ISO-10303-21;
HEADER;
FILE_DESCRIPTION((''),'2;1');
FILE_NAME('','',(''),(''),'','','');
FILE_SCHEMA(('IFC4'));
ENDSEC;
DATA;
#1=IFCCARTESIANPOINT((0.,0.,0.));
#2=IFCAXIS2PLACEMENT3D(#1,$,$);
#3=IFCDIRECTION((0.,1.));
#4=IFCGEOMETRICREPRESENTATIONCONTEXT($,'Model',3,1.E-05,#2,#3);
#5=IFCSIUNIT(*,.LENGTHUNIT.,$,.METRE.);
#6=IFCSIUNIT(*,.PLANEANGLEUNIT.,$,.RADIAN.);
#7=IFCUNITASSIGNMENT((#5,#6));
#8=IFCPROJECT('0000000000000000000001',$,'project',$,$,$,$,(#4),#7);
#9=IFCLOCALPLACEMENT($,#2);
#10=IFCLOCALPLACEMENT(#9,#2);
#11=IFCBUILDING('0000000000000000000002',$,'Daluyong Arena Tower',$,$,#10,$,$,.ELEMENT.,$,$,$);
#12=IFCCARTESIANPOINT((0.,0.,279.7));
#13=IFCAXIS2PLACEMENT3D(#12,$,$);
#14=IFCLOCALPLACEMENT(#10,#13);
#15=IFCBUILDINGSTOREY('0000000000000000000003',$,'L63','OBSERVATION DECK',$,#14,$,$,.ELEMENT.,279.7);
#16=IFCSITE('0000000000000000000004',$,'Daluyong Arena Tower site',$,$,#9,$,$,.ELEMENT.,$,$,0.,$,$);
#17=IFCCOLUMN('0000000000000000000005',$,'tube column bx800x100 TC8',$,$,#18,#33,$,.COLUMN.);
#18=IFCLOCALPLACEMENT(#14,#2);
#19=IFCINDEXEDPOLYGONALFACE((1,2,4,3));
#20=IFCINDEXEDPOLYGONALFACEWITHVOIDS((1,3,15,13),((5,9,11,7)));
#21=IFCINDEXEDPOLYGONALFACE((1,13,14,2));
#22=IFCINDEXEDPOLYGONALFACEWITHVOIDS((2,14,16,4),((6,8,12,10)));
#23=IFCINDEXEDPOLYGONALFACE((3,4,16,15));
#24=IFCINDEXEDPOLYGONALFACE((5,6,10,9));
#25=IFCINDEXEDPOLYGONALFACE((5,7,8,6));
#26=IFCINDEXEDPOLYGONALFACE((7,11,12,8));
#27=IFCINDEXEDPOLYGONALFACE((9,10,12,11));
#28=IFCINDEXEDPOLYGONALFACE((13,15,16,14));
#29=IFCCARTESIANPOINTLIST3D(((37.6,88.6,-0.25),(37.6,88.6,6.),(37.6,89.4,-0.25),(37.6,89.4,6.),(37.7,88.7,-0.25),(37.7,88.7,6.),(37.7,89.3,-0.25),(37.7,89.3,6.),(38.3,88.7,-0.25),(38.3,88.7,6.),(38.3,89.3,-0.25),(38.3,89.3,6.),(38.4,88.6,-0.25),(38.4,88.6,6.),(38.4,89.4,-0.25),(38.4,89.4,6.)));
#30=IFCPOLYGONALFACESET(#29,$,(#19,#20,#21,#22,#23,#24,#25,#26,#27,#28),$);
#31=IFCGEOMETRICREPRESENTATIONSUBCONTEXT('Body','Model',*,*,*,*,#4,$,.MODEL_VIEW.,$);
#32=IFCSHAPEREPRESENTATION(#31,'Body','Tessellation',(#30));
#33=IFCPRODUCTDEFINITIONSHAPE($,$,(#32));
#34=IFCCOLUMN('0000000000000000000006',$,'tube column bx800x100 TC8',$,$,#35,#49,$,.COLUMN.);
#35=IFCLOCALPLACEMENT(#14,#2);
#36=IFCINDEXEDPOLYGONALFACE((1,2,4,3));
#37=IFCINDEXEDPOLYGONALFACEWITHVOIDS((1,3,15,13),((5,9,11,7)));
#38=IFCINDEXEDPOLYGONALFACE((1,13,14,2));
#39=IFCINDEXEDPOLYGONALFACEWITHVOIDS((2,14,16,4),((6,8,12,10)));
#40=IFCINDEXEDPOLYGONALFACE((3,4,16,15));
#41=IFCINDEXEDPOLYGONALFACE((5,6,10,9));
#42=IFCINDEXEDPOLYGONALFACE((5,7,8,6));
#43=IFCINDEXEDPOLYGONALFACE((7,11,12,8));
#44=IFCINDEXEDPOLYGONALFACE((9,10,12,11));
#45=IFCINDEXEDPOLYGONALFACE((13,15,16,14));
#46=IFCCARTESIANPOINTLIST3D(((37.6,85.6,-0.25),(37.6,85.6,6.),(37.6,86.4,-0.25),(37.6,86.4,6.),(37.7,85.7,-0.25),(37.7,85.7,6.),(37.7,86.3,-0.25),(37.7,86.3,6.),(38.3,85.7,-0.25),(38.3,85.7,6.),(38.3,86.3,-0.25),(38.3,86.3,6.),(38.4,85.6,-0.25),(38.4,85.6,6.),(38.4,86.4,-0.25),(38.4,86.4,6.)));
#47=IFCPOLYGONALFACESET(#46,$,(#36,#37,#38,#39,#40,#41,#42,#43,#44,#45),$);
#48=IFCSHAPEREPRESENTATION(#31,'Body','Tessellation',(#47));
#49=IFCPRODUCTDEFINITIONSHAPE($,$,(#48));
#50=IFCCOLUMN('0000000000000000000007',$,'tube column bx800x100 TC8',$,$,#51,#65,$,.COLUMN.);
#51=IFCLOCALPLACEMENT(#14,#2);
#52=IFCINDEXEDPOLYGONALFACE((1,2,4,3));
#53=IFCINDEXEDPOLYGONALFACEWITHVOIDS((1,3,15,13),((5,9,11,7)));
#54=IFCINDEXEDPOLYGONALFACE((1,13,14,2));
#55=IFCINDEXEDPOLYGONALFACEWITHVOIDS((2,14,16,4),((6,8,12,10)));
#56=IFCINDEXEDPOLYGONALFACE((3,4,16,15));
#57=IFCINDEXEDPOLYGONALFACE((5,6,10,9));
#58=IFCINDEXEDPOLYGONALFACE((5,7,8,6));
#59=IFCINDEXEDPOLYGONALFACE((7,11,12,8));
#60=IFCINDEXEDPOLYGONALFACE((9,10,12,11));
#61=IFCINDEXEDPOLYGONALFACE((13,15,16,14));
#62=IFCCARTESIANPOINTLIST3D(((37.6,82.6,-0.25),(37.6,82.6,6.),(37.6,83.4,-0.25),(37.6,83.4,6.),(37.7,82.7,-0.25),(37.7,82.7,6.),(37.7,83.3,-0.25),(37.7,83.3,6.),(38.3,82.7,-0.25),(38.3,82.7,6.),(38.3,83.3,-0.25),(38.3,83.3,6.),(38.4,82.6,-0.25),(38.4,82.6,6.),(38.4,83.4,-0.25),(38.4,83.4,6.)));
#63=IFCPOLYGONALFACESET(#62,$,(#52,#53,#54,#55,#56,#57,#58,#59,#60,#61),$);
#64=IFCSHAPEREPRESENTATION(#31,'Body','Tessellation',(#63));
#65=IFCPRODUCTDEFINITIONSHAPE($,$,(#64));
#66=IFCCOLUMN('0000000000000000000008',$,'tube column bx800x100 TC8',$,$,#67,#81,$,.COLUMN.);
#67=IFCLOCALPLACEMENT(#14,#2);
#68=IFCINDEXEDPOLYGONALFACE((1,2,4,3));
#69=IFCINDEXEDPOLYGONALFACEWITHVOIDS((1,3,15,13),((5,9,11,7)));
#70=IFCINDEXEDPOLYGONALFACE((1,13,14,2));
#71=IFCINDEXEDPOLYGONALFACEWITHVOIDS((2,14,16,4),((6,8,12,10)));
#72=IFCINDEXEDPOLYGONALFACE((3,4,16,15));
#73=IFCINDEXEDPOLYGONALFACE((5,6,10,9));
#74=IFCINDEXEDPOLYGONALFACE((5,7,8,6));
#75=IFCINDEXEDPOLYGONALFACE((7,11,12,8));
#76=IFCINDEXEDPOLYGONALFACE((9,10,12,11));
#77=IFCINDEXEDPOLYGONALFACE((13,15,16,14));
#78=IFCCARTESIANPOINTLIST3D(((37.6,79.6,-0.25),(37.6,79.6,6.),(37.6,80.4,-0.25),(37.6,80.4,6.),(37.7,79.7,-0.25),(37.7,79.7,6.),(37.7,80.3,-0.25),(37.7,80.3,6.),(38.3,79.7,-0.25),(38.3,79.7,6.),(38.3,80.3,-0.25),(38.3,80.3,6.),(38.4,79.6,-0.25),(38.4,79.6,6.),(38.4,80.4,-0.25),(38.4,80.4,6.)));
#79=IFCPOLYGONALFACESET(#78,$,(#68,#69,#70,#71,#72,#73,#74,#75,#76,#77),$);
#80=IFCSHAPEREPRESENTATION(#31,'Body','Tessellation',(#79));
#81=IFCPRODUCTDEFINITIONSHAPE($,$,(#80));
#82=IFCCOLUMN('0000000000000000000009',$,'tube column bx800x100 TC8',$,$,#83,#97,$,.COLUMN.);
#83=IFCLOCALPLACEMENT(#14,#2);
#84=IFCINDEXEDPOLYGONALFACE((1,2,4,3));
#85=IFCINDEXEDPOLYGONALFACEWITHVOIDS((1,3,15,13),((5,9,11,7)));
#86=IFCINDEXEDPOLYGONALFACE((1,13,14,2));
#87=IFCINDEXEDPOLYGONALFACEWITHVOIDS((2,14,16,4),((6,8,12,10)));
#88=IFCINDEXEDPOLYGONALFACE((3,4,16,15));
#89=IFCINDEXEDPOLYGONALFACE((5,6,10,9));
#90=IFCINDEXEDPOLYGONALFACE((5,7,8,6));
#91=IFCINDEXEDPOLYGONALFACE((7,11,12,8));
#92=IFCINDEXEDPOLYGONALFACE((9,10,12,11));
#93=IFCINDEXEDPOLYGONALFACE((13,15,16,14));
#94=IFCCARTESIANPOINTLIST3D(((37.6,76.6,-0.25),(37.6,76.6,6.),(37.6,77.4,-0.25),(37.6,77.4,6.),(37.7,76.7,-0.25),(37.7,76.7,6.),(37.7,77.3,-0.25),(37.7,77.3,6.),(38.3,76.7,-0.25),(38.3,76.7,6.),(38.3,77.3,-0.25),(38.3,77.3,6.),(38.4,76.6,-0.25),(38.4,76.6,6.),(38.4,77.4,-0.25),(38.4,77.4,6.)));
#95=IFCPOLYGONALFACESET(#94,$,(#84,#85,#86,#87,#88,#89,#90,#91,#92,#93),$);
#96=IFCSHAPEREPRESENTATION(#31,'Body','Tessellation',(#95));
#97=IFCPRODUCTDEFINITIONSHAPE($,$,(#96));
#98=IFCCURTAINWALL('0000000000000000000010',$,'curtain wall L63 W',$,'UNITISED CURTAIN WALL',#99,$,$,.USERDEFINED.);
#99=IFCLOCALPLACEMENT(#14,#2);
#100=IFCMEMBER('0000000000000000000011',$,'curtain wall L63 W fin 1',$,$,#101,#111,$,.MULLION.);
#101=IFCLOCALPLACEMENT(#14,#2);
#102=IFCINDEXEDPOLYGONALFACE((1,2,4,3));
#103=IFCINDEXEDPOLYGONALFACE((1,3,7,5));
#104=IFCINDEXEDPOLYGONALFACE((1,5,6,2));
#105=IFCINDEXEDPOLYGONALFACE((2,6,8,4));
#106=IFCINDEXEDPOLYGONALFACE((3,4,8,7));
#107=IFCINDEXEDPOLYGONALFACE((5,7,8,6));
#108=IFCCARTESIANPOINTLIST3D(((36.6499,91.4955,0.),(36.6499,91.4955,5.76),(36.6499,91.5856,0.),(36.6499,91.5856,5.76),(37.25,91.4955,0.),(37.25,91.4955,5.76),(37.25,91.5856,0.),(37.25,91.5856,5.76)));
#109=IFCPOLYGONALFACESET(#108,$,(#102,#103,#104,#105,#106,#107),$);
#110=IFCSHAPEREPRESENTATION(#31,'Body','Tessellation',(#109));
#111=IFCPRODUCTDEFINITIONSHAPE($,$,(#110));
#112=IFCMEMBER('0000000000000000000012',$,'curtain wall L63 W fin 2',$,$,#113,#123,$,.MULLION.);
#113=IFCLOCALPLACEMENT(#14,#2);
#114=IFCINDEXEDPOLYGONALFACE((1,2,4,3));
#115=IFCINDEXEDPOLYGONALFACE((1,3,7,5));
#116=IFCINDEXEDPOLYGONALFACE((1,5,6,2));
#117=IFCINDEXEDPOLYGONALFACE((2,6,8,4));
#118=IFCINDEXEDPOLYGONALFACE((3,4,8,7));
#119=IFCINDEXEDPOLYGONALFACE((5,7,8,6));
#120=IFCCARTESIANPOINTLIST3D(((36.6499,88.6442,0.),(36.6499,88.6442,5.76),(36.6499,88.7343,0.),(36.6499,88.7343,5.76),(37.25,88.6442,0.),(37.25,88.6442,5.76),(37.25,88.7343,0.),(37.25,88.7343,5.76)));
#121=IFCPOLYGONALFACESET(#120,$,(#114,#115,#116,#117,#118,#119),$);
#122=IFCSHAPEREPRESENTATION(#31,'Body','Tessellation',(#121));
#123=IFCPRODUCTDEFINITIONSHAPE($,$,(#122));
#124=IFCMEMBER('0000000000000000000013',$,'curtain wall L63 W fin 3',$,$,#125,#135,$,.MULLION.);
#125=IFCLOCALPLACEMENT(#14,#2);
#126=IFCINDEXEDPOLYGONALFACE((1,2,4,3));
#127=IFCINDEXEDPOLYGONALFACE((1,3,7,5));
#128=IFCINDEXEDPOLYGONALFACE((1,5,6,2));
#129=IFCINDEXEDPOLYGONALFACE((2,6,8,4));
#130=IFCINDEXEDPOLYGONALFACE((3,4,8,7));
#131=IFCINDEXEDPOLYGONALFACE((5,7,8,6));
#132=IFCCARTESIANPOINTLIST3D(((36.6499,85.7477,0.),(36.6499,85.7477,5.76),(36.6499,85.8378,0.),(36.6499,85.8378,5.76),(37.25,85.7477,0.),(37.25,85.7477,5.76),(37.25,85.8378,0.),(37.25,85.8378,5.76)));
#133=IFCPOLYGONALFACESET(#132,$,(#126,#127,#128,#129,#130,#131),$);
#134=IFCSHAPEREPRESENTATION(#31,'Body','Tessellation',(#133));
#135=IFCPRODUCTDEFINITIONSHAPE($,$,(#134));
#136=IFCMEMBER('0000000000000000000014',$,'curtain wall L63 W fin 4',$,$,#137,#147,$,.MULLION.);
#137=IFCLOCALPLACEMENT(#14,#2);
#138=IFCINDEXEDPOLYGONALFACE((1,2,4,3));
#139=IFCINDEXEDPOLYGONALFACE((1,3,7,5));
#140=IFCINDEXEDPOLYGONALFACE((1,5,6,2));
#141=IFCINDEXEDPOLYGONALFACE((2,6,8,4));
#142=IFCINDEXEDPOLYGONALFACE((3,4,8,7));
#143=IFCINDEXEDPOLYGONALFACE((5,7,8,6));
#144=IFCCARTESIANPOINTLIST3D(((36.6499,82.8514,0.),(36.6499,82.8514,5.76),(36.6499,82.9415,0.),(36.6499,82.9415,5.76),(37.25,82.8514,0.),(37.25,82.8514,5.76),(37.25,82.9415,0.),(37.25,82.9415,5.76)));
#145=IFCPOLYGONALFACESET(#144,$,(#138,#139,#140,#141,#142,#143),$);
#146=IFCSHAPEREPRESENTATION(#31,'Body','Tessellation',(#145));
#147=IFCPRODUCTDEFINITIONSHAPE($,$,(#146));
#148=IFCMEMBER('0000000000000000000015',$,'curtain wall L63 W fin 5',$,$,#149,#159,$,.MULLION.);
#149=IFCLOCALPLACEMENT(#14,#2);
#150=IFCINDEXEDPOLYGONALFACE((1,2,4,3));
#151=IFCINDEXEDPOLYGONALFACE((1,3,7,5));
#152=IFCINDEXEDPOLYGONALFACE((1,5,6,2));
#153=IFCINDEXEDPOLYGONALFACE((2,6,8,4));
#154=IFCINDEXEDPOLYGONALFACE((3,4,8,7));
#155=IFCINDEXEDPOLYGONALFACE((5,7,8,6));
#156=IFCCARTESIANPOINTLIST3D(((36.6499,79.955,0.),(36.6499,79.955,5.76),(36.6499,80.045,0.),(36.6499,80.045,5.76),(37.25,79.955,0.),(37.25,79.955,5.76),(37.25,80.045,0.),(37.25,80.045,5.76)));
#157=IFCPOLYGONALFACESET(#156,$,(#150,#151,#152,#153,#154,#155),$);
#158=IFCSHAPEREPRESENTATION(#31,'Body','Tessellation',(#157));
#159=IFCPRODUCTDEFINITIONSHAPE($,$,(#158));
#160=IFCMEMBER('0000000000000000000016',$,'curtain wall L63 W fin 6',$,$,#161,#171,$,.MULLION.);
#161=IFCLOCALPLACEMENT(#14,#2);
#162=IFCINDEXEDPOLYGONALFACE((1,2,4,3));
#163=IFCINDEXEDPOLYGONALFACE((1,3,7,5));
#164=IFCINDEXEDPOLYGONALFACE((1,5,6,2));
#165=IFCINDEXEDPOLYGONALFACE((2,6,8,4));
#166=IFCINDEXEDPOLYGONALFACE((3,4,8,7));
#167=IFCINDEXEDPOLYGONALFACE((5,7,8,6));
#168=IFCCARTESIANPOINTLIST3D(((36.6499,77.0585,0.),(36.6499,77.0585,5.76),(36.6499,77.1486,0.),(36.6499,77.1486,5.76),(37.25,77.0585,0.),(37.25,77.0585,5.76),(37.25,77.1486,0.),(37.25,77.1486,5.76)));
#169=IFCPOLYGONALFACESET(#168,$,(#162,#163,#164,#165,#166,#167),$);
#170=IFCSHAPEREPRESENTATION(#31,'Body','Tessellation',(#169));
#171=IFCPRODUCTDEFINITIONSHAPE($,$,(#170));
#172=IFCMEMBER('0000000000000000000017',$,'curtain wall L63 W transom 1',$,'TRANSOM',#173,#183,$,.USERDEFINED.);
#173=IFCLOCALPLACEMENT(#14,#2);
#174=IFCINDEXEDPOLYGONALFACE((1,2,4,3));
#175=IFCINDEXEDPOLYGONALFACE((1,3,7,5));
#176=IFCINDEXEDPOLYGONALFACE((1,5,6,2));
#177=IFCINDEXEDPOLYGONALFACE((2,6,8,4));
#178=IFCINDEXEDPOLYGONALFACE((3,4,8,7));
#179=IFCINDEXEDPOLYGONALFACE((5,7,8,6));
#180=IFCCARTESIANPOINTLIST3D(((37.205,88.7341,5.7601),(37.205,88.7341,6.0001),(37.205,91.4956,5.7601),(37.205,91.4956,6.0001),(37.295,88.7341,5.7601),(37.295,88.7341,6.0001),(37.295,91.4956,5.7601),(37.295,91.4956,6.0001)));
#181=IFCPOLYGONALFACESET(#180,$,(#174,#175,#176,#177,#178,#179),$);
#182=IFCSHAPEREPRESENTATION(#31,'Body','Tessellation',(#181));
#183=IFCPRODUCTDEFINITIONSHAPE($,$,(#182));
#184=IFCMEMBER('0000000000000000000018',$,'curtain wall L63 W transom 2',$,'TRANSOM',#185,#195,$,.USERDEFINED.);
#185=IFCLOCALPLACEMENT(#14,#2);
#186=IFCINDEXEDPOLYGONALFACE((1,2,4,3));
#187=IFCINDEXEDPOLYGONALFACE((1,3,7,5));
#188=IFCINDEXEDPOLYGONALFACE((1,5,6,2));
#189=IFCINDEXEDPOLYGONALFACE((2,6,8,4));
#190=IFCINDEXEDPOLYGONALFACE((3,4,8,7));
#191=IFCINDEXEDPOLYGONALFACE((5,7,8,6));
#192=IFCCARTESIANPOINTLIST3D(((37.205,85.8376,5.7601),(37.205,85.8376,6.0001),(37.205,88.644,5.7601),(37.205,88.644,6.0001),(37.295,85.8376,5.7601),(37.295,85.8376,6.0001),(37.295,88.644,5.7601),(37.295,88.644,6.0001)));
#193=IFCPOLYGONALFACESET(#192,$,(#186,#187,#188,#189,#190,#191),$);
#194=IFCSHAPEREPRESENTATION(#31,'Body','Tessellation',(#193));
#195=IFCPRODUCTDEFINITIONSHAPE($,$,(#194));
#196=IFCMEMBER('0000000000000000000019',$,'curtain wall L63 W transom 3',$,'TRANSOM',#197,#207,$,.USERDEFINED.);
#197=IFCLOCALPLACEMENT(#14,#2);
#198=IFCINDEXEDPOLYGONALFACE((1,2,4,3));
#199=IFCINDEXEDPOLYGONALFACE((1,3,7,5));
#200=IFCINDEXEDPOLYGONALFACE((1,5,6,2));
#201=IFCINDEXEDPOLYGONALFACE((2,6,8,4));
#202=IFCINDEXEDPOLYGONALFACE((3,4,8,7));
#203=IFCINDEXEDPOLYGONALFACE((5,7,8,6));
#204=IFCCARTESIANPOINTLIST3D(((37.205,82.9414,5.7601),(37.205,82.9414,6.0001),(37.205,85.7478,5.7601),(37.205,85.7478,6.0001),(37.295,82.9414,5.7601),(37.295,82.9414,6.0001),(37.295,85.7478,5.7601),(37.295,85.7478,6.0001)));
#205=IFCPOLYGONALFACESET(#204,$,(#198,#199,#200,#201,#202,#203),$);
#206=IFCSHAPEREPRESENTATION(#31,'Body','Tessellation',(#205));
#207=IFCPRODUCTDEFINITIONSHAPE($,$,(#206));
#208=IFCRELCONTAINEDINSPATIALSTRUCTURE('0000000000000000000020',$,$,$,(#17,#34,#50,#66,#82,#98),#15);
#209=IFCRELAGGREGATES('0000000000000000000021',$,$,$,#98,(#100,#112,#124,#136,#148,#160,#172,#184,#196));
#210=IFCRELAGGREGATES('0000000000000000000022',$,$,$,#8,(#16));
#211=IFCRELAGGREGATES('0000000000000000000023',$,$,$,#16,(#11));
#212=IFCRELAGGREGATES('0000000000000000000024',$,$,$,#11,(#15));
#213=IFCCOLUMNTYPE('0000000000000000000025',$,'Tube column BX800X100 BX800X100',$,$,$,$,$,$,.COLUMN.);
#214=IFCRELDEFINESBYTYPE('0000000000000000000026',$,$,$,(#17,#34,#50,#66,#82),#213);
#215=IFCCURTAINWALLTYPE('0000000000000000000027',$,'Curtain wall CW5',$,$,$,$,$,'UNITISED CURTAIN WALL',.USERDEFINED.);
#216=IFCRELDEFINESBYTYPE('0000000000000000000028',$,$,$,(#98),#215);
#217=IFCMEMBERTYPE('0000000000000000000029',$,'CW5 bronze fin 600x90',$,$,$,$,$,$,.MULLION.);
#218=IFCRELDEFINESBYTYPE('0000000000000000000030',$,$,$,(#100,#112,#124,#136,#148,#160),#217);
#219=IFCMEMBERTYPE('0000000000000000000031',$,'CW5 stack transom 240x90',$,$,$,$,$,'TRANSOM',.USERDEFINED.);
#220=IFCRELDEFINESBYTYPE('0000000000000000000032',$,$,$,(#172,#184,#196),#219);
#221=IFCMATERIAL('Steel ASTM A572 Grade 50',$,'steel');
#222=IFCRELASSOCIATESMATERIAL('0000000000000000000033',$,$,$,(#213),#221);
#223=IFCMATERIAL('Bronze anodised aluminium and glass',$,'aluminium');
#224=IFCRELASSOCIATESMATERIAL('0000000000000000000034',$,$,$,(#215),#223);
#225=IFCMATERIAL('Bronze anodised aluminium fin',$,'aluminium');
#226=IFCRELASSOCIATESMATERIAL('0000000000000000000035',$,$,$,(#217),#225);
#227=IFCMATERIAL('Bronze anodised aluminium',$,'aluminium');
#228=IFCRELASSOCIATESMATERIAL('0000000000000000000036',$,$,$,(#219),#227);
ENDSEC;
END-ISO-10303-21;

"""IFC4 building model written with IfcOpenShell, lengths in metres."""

from ifc_helpers import new_model, si_unit, direction, frame, origin, origin_2d, place, context, subcontext, project, spatial, rectangle, hollow_rectangle, extrude, material, material_profile, profile_set, type_object, element, aggregate, save


model = new_model("IFC4")

# Units and contexts
model_context = context("Model", 3, precision=1e-05, world=origin(), true_north=direction((0.0, 1.0)))
body_context = subcontext(model_context, "Body", "Model", "MODEL_VIEW")
ifc_project = project(units=[si_unit("LENGTHUNIT", "METRE"), si_unit("PLANEANGLEUNIT", "RADIAN")], contexts=[model_context])

# Site, building, storey
site_placement = place(None, origin())
site = spatial("IfcSite", under=ifc_project, at=site_placement, Name="Daluyong Arena Tower site", CompositionType="ELEMENT", RefElevation=0.0)
building_placement = place(site_placement, origin())
building = spatial("IfcBuilding", under=site, at=building_placement, Name="Daluyong Arena Tower", CompositionType="ELEMENT")
storey_placement = place(building_placement, frame((0.0, 0.0, 279.7)))
storey = spatial("IfcBuildingStorey", under=building, at=storey_placement, Name="L63", Description="OBSERVATION DECK", CompositionType="ELEMENT", Elevation=279.7)

# Columns
ifc_material_1 = material(Name="Steel ASTM A572 Grade 50", Category="steel")
ifc_material_profile_1 = material_profile(ifc_material_1, hollow_rectangle(XDim=0.8, YDim=0.8, WallThickness=0.1, at=origin_2d()))
ifc_profile_set_1 = profile_set([ifc_material_profile_1], Name="Steel ASTM A572 Grade 50")
column_type = type_object("IfcColumnType", Name="Tube column BX800X100 BX800X100", PredefinedType="COLUMN", material=ifc_profile_set_1)
for number, where, z_axis, x_axis, name in (
    (1, (38.0, 89.0, -0.25), (0.0, 0.0, 1.0), (0.0, 1.0, 0.0), "tube column bx800x100 TC8"),
    (2, (38.0, 86.0, -0.25), (0.0, 0.0, 1.0), (0.0, 1.0, 0.0), "tube column bx800x100 TC8"),
    (3, (38.0, 83.0, -0.25), (0.0, 0.0, 1.0), (0.0, 1.0, 0.0), "tube column bx800x100 TC8"),
    (4, (38.0, 80.0, -0.25), (0.0, 0.0, 1.0), (0.0, 1.0, 0.0), "tube column bx800x100 TC8"),
    (5, (38.0, 77.0, -0.25), (0.0, 0.0, 1.0), (0.0, 1.0, 0.0), "tube column bx800x100 TC8"),
):
    element("IfcColumn", number, at=place(storey_placement, frame(where, z_axis=z_axis, x_axis=x_axis)), inside=storey, type_object=column_type, Name=name, PredefinedType="COLUMN", context=body_context, shape_type="SweptSolid", body=[
        extrude(hollow_rectangle(XDim=0.8, YDim=0.8, WallThickness=0.1, at=origin_2d()), origin(), (0.0, 0.0, 1.0), 6.25),
    ])

# Curtain wall, members
ifc_material_2 = material(Name="Bronze anodised aluminium and glass", Category="aluminium")
curtain_wall_type = type_object("IfcCurtainWallType", Name="Curtain wall CW5", ElementType="UNITISED CURTAIN WALL", PredefinedType="USERDEFINED", material=ifc_material_2)
curtain_wall_placement = place(storey_placement, origin())
curtain_wall = element("IfcCurtainWall", 6, at=curtain_wall_placement, inside=storey, type_object=curtain_wall_type, Name="curtain wall L63 W", ObjectType="UNITISED CURTAIN WALL", PredefinedType="USERDEFINED")
ifc_material_3 = material(Name="Bronze anodised aluminium fin", Category="aluminium")
ifc_material_profile_2 = material_profile(ifc_material_3, rectangle(XDim=0.6001, YDim=0.0901, at=origin_2d()))
ifc_profile_set_2 = profile_set([ifc_material_profile_2], Name="Bronze anodised aluminium fin")
member_type_1 = type_object("IfcMemberType", Name="CW5 bronze fin 600x90", PredefinedType="MULLION", material=ifc_profile_set_2)
member_1_placement = place(storey_placement, frame((36.95, 91.5405, 0.0), z_axis=(0.0, 0.0, 1.0), x_axis=(1.0, 0.0, 0.0)))
member_1 = element("IfcMember", 7, at=member_1_placement, type_object=member_type_1, Name="curtain wall L63 W fin 1", PredefinedType="MULLION", context=body_context, shape_type="SweptSolid", body=[
    extrude(rectangle(XDim=0.6001, YDim=0.0901, at=origin_2d()), origin(), (0.0, 0.0, 1.0), 5.76),
])
member_2_placement = place(storey_placement, frame((36.95, 88.6892, 0.0), z_axis=(0.0, 0.0, 1.0), x_axis=(1.0, 0.0, 0.0)))
member_2 = element("IfcMember", 8, at=member_2_placement, type_object=member_type_1, Name="curtain wall L63 W fin 2", PredefinedType="MULLION", context=body_context, shape_type="SweptSolid", body=[
    extrude(rectangle(XDim=0.6001, YDim=0.0901, at=origin_2d()), origin(), (0.0, 0.0, 1.0), 5.76),
])
member_3_placement = place(storey_placement, frame((36.95, 85.7927, 0.0), z_axis=(0.0, 0.0, 1.0), x_axis=(1.0, 0.0, 0.0)))
member_3 = element("IfcMember", 9, at=member_3_placement, type_object=member_type_1, Name="curtain wall L63 W fin 3", PredefinedType="MULLION", context=body_context, shape_type="SweptSolid", body=[
    extrude(rectangle(XDim=0.6001, YDim=0.0901, at=origin_2d()), origin(), (0.0, 0.0, 1.0), 5.76),
])
member_4_placement = place(storey_placement, frame((36.95, 82.8965, 0.0), z_axis=(0.0, 0.0, 1.0), x_axis=(1.0, 0.0, 0.0)))
member_4 = element("IfcMember", 10, at=member_4_placement, type_object=member_type_1, Name="curtain wall L63 W fin 4", PredefinedType="MULLION", context=body_context, shape_type="SweptSolid", body=[
    extrude(rectangle(XDim=0.6001, YDim=0.0901, at=origin_2d()), origin(), (0.0, 0.0, 1.0), 5.76),
])
member_5_placement = place(storey_placement, frame((36.95, 80.0, 0.0), z_axis=(0.0, 0.0, 1.0), x_axis=(1.0, 0.0, 0.0)))
member_5 = element("IfcMember", 11, at=member_5_placement, type_object=member_type_1, Name="curtain wall L63 W fin 5", PredefinedType="MULLION", context=body_context, shape_type="SweptSolid", body=[
    extrude(rectangle(XDim=0.6001, YDim=0.0901, at=origin_2d()), origin(), (0.0, 0.0, 1.0), 5.76),
])
member_6_placement = place(storey_placement, frame((36.95, 77.1035, 0.0), z_axis=(0.0, 0.0, 1.0), x_axis=(1.0, 0.0, 0.0)))
member_6 = element("IfcMember", 12, at=member_6_placement, type_object=member_type_1, Name="curtain wall L63 W fin 6", PredefinedType="MULLION", context=body_context, shape_type="SweptSolid", body=[
    extrude(rectangle(XDim=0.6001, YDim=0.0901, at=origin_2d()), origin(), (0.0, 0.0, 1.0), 5.76),
])
ifc_material_4 = material(Name="Bronze anodised aluminium", Category="aluminium")
ifc_material_profile_3 = material_profile(ifc_material_4, rectangle(XDim=0.0901, YDim=0.24, at=origin_2d()))
ifc_profile_set_3 = profile_set([ifc_material_profile_3], Name="Bronze anodised aluminium")
member_type_2 = type_object("IfcMemberType", Name="CW5 stack transom 240x90", ElementType="TRANSOM", PredefinedType="USERDEFINED", material=ifc_profile_set_3)
member_7_placement = place(storey_placement, frame((37.25, 91.4956, 5.8801), z_axis=(0.0, -1.0, 0.0), x_axis=(1.0, 0.0, 0.0)))
member_7 = element("IfcMember", 13, at=member_7_placement, type_object=member_type_2, Name="curtain wall L63 W transom 1", ObjectType="TRANSOM", PredefinedType="USERDEFINED", context=body_context, shape_type="SweptSolid", body=[
    extrude(rectangle(XDim=0.0901, YDim=0.24, at=origin_2d()), origin(), (0.0, 0.0, 1.0), 2.7615),
])
member_8_placement = place(storey_placement, frame((37.25, 88.644, 5.8801), z_axis=(0.0, -1.0, 0.0), x_axis=(1.0, 0.0, 0.0)))
member_8 = element("IfcMember", 14, at=member_8_placement, type_object=member_type_2, Name="curtain wall L63 W transom 2", ObjectType="TRANSOM", PredefinedType="USERDEFINED", context=body_context, shape_type="SweptSolid", body=[
    extrude(rectangle(XDim=0.0901, YDim=0.24, at=origin_2d()), origin(), (0.0, 0.0, 1.0), 2.8064),
])
member_9_placement = place(storey_placement, frame((37.25, 85.7478, 5.8801), z_axis=(0.0, -1.0, 0.0), x_axis=(1.0, 0.0, 0.0)))
member_9 = element("IfcMember", 15, at=member_9_placement, type_object=member_type_2, Name="curtain wall L63 W transom 3", ObjectType="TRANSOM", PredefinedType="USERDEFINED", context=body_context, shape_type="SweptSolid", body=[
    extrude(rectangle(XDim=0.0901, YDim=0.24, at=origin_2d()), origin(), (0.0, 0.0, 1.0), 2.8064),
])

aggregate(curtain_wall, [member_1, member_2, member_3, member_4, member_5, member_6, member_7, member_8, member_9])

save(model, "model.ifc")
